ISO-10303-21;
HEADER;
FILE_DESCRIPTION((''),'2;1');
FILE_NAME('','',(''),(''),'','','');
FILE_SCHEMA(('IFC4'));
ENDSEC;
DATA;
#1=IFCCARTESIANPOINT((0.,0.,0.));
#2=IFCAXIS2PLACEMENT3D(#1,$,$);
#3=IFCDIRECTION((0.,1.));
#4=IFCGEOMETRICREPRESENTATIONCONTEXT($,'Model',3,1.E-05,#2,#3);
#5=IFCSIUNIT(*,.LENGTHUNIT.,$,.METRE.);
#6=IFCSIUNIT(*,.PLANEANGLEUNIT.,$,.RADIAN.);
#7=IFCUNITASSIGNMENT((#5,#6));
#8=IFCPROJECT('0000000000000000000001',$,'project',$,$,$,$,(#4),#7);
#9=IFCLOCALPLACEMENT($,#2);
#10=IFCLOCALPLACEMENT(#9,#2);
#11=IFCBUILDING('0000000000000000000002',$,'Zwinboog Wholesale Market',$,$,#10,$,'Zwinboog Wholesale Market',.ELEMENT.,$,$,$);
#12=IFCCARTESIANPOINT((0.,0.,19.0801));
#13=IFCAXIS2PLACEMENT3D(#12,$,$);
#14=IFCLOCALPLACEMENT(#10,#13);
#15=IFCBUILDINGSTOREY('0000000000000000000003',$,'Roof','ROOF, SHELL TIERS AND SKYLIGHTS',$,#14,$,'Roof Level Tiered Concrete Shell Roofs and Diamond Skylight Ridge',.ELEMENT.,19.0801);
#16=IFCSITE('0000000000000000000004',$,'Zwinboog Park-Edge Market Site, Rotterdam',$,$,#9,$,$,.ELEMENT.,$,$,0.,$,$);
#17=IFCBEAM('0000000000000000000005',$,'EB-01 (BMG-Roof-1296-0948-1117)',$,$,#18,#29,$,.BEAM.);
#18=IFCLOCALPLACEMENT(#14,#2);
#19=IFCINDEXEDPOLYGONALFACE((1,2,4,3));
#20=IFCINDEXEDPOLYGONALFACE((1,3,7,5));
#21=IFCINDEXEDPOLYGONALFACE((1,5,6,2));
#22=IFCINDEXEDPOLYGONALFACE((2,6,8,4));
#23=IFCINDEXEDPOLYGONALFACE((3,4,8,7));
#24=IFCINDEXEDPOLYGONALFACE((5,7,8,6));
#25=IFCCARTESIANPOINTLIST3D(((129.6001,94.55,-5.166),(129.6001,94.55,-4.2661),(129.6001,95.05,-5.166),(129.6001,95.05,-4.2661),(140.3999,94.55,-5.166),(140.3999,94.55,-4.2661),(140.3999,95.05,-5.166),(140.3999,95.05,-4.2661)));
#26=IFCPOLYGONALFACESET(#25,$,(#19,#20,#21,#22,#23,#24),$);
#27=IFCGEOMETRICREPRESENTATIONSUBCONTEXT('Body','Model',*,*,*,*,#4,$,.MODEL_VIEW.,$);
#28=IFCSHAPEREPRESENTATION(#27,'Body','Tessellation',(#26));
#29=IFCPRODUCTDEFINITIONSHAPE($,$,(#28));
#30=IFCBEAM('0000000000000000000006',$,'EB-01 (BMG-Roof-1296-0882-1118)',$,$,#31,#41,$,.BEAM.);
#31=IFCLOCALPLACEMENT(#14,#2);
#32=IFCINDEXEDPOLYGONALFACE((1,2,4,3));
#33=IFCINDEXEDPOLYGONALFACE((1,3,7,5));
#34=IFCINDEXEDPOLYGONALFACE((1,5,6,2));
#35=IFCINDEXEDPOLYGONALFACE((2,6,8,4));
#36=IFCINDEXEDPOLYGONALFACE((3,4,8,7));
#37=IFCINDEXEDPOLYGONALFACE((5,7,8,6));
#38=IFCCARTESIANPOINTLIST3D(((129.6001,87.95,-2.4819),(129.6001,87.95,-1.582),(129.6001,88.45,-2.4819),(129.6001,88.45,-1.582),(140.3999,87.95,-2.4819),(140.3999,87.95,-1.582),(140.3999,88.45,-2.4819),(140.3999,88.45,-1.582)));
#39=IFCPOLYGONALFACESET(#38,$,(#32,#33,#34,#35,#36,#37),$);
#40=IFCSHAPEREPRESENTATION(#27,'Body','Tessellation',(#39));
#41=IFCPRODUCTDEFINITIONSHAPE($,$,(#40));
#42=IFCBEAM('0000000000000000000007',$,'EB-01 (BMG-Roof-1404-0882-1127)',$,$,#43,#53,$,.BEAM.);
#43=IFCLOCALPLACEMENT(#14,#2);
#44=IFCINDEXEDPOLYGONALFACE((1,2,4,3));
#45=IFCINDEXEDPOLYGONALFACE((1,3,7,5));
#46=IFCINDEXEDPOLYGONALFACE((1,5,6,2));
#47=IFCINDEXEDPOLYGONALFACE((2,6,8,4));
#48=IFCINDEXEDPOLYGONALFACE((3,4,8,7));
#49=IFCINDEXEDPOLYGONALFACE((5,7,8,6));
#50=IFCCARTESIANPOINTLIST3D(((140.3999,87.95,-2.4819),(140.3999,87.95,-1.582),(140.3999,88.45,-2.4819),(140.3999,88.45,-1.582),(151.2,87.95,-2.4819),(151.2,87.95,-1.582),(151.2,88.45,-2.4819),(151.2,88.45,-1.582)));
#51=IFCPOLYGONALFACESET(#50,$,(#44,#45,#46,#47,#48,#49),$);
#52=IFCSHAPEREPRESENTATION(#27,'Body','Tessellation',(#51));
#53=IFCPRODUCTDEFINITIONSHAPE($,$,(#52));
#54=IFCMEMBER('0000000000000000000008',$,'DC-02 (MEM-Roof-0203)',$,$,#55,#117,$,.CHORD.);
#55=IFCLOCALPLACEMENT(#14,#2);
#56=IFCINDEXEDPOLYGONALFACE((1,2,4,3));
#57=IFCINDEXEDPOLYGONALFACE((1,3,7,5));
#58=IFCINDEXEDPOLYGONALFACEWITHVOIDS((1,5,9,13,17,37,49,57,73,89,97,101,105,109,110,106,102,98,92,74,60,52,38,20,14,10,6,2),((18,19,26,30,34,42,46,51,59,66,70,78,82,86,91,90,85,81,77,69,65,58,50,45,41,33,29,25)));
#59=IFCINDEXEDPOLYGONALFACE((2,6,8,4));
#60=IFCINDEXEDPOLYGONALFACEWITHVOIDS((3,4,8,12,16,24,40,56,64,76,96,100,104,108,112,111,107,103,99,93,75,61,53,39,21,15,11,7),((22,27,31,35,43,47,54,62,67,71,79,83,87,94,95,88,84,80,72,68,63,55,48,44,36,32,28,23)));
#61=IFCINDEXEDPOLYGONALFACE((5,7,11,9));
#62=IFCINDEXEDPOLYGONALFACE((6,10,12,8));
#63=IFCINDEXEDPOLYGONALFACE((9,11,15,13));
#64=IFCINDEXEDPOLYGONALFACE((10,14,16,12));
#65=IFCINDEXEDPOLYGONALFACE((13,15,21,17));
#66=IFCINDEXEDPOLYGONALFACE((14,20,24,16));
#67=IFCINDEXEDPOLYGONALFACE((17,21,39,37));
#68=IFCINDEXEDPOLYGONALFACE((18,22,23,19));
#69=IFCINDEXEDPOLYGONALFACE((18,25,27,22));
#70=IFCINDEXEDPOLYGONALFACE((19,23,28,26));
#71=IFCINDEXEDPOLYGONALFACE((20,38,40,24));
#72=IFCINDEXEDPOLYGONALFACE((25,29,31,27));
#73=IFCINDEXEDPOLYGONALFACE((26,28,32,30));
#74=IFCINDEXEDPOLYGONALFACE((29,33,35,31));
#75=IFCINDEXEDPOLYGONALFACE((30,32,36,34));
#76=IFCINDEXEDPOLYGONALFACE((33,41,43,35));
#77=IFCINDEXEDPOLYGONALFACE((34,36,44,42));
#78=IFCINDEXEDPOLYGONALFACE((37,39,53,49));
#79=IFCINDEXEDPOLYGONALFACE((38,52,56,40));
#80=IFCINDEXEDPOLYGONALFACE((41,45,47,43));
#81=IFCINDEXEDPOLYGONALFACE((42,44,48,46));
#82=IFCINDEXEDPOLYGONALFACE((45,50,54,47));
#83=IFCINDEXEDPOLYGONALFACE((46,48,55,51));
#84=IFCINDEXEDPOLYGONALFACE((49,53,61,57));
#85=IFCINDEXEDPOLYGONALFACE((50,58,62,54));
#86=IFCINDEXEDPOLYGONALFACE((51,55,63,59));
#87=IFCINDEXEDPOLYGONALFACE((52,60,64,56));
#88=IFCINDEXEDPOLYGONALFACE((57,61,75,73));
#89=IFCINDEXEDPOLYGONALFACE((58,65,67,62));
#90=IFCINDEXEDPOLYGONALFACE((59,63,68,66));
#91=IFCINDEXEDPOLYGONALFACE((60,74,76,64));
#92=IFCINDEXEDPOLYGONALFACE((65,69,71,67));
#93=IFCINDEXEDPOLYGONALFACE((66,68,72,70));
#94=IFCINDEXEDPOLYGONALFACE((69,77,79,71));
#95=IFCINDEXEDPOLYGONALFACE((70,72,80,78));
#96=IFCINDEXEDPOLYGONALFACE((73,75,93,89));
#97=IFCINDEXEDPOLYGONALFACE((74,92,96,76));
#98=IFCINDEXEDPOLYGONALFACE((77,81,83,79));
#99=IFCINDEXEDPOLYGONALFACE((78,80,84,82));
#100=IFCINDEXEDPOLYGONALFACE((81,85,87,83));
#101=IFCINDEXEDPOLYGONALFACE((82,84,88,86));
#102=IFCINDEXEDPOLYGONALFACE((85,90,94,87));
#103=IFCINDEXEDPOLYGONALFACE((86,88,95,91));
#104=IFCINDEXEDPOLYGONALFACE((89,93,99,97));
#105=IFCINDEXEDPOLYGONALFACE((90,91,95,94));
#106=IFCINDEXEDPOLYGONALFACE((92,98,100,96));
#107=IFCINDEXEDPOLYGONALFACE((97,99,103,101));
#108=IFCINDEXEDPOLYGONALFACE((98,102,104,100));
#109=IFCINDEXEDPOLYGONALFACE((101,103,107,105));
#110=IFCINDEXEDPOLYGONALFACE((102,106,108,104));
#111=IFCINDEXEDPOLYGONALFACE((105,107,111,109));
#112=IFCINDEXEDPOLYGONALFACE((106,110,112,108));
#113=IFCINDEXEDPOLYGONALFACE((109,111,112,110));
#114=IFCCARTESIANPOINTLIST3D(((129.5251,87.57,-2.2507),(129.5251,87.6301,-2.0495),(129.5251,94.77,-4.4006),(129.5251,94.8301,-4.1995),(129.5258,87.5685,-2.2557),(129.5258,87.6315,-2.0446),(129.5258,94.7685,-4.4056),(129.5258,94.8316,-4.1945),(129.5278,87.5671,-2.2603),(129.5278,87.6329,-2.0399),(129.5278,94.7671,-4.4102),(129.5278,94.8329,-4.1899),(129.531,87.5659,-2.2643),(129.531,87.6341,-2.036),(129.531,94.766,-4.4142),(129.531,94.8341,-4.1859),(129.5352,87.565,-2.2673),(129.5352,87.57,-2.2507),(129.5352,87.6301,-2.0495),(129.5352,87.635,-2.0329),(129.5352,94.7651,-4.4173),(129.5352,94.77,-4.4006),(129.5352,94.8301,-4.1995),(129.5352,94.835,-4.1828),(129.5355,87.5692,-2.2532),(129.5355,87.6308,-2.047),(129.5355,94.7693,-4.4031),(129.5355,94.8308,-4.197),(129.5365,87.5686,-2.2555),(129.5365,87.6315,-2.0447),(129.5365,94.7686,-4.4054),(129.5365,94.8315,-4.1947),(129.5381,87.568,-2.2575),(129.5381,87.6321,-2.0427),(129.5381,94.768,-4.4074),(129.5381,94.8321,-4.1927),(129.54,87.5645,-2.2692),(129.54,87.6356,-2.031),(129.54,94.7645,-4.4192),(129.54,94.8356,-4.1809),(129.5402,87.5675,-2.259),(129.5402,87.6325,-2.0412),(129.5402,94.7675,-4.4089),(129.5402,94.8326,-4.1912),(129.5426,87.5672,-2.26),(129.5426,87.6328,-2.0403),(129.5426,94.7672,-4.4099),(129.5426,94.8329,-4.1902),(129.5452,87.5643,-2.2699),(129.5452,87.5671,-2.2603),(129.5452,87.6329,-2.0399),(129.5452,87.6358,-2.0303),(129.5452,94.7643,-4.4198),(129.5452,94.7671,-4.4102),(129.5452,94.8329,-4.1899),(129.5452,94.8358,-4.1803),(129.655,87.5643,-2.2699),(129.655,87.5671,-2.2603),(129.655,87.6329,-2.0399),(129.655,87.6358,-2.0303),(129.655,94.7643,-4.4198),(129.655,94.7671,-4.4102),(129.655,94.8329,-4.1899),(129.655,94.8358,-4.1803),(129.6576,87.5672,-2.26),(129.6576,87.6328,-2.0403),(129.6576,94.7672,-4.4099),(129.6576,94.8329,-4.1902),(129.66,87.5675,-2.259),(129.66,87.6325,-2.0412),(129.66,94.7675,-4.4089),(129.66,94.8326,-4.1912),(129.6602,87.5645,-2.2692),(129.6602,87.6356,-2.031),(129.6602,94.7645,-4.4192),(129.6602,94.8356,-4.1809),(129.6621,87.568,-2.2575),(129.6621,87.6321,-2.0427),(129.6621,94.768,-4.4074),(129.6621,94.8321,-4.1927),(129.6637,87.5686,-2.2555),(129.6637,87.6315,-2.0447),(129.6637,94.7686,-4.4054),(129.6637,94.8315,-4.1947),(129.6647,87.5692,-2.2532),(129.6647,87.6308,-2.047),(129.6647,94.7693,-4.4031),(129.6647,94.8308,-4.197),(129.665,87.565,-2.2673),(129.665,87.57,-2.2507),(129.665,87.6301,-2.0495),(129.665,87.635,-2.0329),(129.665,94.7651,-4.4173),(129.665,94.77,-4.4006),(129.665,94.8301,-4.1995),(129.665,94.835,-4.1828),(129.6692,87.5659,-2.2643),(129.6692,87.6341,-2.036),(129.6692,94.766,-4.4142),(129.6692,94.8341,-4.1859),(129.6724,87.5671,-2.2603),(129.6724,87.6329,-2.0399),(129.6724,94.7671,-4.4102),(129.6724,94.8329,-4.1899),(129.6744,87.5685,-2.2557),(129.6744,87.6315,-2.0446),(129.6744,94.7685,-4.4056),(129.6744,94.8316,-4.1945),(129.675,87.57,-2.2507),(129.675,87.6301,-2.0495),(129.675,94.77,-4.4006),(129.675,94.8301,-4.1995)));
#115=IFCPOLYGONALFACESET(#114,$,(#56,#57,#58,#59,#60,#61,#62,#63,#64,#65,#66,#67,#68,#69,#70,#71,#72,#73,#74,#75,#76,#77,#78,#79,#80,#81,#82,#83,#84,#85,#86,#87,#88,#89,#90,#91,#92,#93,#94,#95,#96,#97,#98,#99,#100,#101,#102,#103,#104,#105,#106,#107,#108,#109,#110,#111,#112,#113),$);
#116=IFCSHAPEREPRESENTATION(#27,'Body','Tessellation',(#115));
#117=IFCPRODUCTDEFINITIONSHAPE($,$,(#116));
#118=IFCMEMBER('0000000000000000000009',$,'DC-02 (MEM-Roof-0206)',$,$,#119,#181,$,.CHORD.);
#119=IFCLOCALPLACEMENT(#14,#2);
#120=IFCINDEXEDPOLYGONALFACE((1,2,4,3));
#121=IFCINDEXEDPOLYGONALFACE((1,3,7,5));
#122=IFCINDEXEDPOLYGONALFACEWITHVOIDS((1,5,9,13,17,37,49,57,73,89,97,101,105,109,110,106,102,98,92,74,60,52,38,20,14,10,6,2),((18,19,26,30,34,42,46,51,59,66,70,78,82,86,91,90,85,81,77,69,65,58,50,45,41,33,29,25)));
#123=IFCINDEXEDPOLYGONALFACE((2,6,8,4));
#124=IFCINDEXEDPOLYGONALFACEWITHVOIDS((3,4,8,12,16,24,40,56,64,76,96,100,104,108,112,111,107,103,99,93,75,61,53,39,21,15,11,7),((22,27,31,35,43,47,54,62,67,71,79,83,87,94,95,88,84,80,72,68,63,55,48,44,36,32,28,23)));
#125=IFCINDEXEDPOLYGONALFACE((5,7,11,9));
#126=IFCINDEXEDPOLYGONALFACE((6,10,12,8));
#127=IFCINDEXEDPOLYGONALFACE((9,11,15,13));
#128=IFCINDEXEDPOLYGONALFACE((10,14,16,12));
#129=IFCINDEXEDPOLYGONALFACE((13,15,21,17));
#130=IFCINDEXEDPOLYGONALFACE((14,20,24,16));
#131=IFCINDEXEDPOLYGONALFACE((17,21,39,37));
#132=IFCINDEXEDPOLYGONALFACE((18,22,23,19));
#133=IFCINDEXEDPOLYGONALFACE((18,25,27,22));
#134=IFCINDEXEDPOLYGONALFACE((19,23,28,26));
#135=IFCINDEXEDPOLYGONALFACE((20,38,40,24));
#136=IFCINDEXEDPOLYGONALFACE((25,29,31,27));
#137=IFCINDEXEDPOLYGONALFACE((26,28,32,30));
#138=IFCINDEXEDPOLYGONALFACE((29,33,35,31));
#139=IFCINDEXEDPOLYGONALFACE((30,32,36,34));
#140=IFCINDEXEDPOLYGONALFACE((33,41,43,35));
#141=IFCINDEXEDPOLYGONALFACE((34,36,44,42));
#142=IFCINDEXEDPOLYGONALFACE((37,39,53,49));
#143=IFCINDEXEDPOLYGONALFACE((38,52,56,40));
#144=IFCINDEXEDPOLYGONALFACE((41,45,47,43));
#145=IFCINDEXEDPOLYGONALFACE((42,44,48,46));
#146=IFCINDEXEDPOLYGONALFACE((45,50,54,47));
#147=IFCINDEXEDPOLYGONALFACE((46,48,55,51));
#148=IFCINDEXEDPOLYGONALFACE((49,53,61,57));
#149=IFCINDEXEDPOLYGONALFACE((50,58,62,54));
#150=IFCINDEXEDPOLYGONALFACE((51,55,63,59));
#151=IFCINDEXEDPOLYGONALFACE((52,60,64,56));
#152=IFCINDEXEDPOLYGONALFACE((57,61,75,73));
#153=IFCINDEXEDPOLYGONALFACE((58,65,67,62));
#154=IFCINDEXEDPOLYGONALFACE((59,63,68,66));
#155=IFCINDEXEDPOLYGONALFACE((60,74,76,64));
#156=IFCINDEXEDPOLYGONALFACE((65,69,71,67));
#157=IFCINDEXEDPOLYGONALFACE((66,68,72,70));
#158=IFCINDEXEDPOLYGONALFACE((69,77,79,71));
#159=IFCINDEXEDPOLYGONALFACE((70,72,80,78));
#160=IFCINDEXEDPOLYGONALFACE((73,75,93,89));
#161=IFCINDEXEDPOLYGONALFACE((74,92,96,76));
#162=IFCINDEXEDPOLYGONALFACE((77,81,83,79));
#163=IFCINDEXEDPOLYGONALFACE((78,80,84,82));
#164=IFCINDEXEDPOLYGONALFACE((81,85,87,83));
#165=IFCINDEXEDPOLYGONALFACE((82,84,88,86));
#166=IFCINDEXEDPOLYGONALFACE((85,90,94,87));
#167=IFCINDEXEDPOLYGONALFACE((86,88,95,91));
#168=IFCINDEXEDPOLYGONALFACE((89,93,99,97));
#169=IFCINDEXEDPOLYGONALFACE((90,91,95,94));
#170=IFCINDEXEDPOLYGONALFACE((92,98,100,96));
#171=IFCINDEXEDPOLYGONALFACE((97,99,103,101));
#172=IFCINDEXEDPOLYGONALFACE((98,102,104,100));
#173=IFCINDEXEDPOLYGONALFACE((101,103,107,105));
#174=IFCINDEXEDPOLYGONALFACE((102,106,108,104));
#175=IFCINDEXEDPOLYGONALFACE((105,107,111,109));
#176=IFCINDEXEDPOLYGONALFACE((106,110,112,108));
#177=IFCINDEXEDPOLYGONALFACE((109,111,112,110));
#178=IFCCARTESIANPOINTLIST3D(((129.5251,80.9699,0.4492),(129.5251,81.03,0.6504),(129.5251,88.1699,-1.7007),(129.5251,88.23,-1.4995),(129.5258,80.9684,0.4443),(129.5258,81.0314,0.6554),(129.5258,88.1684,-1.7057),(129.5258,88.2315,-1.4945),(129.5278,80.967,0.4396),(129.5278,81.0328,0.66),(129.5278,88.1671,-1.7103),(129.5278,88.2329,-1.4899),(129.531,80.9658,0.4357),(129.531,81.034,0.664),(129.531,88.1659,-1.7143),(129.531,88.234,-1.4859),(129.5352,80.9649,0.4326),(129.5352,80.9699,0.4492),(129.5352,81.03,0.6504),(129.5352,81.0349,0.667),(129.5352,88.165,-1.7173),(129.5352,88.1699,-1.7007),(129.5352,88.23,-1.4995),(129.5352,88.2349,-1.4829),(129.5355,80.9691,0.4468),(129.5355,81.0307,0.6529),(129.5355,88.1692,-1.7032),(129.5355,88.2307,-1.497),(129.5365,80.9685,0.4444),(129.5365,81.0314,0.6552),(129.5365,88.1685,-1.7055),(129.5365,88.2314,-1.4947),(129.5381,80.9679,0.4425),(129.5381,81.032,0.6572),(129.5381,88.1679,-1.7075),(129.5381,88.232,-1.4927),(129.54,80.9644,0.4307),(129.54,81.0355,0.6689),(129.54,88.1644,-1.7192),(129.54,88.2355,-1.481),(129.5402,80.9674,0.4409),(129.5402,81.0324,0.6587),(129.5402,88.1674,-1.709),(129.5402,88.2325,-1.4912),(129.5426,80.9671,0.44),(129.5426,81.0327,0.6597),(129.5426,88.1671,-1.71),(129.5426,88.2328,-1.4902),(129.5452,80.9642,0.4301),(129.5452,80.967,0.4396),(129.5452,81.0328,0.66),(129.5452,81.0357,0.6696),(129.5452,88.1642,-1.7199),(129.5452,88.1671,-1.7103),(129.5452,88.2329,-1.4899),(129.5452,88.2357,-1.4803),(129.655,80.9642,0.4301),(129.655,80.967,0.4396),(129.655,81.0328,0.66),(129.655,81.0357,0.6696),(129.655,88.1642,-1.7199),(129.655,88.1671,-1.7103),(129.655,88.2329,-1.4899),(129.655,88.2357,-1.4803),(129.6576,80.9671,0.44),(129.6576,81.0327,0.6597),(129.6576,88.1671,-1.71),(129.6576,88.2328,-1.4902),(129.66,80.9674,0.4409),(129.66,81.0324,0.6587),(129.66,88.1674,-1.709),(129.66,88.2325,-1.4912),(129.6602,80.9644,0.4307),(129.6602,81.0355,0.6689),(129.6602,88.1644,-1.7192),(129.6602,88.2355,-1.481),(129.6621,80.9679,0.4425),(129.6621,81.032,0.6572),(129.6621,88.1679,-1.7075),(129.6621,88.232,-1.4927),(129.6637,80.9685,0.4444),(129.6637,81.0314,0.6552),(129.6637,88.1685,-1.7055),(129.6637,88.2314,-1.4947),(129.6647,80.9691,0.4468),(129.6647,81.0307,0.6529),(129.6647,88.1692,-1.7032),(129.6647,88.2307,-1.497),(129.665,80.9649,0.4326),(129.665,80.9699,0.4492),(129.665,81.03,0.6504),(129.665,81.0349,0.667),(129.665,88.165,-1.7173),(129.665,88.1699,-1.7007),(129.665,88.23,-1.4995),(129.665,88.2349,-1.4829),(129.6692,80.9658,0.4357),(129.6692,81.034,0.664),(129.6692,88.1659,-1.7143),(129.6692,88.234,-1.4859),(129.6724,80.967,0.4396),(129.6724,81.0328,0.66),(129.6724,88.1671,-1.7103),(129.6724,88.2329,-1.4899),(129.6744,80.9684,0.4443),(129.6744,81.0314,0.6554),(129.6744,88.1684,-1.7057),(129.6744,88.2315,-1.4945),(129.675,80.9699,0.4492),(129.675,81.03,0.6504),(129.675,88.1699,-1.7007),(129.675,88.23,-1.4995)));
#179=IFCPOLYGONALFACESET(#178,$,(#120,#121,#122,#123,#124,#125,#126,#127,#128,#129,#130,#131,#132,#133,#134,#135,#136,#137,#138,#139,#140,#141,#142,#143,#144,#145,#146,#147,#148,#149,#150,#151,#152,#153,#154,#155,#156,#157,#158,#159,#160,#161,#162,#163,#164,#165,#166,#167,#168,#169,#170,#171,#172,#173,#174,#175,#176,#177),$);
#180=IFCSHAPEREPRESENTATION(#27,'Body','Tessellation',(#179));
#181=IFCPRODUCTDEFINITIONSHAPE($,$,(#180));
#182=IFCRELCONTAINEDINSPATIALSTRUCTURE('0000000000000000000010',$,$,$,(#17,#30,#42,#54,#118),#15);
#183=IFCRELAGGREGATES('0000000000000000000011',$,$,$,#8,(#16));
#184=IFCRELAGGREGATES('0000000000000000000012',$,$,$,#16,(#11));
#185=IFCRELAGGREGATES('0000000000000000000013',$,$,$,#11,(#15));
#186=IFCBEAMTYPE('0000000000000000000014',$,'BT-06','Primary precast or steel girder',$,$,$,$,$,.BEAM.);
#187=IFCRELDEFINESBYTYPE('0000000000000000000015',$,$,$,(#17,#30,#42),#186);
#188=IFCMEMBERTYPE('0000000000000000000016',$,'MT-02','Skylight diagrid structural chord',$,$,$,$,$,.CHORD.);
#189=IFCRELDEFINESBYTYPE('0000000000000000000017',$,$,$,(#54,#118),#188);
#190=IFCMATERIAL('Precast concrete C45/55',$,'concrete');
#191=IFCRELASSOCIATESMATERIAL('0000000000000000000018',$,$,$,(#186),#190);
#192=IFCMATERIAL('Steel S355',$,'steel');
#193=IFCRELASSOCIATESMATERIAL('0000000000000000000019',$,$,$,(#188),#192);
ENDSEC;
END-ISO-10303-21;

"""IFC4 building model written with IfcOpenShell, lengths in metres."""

from ifc_helpers import new_model, si_unit, direction, frame, origin, origin_2d, place, context, subcontext, project, spatial, rectangle, hollow_rectangle, extrude, material, material_profile, profile_set, type_object, element, save


model = new_model("IFC4")

# Units and contexts
model_context = context("Model", 3, precision=1e-05, world=origin(), true_north=direction((0.0, 1.0)))
body_context = subcontext(model_context, "Body", "Model", "MODEL_VIEW")
ifc_project = project(units=[si_unit("LENGTHUNIT", "METRE"), si_unit("PLANEANGLEUNIT", "RADIAN")], contexts=[model_context])

# Site, building, storey
site_placement = place(None, origin())
site = spatial("IfcSite", under=ifc_project, at=site_placement, Name="Zwinboog Park-Edge Market Site, Rotterdam", CompositionType="ELEMENT", RefElevation=0.0)
building_placement = place(site_placement, origin())
building = spatial("IfcBuilding", under=site, at=building_placement, Name="Zwinboog Wholesale Market", LongName="Zwinboog Wholesale Market", CompositionType="ELEMENT")
storey_placement = place(building_placement, frame((0.0, 0.0, 19.0801)))
storey = spatial("IfcBuildingStorey", under=building, at=storey_placement, Name="Roof", Description="ROOF, SHELL TIERS AND SKYLIGHTS", LongName="Roof Level Tiered Concrete Shell Roofs and Diamond Skylight Ridge", CompositionType="ELEMENT", Elevation=19.0801)

# Beams
ifc_material_1 = material(Name="Precast concrete C45/55", Category="concrete")
ifc_material_profile_1 = material_profile(ifc_material_1, rectangle(XDim=0.5, YDim=0.8999, at=origin_2d()), Name="PC 500x900")
ifc_profile_set_1 = profile_set([ifc_material_profile_1], Name="Precast concrete C45/55")
beam_type = type_object("IfcBeamType", Name="BT-06", Description="Primary precast or steel girder", PredefinedType="BEAM", material=ifc_profile_set_1)
for number, where, z_axis, x_axis, name in (
    (1, (129.6001, 94.8, -4.7161), (1.0, 0.0, 0.0), (0.0, 1.0, 0.0), "EB-01 (BMG-Roof-1296-0948-1117)"),
    (2, (129.6001, 88.2, -2.032), (1.0, 0.0, 0.0), (0.0, 1.0, 0.0), "EB-01 (BMG-Roof-1296-0882-1118)"),
):
    element("IfcBeam", number, at=place(storey_placement, frame(where, z_axis=z_axis, x_axis=x_axis)), inside=storey, type_object=beam_type, Name=name, PredefinedType="BEAM", context=body_context, shape_type="SweptSolid", body=[
        extrude(rectangle(XDim=0.5, YDim=0.8999, at=origin_2d()), origin(), (0.0, 0.0, 1.0), 10.7998),
    ])
beam_placement = place(storey_placement, frame((140.3999, 88.2, -2.032), z_axis=(1.0, 0.0, 0.0), x_axis=(0.0, 1.0, 0.0)))
element("IfcBeam", 3, at=beam_placement, inside=storey, type_object=beam_type, Name="EB-01 (BMG-Roof-1404-0882-1127)", PredefinedType="BEAM", context=body_context, shape_type="SweptSolid", body=[
    extrude(rectangle(XDim=0.5, YDim=0.8999, at=origin_2d()), origin(), (0.0, 0.0, 1.0), 10.8),
])

# Members
ifc_material_2 = material(Name="Steel S355", Category="steel")
ifc_material_profile_2 = material_profile(ifc_material_2, hollow_rectangle(XDim=0.1499, YDim=0.25, WallThickness=0.01, InnerFilletRadius=0.01, OuterFilletRadius=0.02, at=origin_2d()), Name="RHS 250x150x10")
ifc_profile_set_2 = profile_set([ifc_material_profile_2], Name="Steel S355")
member_type_1 = type_object("IfcMemberType", Name="MT-02", Description="Skylight diagrid structural chord", PredefinedType="CHORD", material=ifc_profile_set_2)
for number, where, z_axis, x_axis, name in (
    (4, (129.6001, 94.8, -4.3), (0.0, -0.958195, 0.286117), (1.0, 0.0, 0.0), "DC-02 (MEM-Roof-0203)"),
    (5, (129.6001, 88.2, -1.6001), (0.0, -0.958195, 0.286117), (1.0, 0.0, 0.0), "DC-02 (MEM-Roof-0206)"),
):
    element("IfcMember", number, at=place(storey_placement, frame(where, z_axis=z_axis, x_axis=x_axis)), inside=storey, type_object=member_type_1, Name=name, PredefinedType="CHORD", context=body_context, shape_type="SweptSolid", body=[
        extrude(hollow_rectangle(XDim=0.1499, YDim=0.25, WallThickness=0.01, InnerFilletRadius=0.01, OuterFilletRadius=0.02, at=origin_2d()), origin(), (0.0, 0.0, 1.0), 7.5142),
    ])

save(model, "model.ifc")
